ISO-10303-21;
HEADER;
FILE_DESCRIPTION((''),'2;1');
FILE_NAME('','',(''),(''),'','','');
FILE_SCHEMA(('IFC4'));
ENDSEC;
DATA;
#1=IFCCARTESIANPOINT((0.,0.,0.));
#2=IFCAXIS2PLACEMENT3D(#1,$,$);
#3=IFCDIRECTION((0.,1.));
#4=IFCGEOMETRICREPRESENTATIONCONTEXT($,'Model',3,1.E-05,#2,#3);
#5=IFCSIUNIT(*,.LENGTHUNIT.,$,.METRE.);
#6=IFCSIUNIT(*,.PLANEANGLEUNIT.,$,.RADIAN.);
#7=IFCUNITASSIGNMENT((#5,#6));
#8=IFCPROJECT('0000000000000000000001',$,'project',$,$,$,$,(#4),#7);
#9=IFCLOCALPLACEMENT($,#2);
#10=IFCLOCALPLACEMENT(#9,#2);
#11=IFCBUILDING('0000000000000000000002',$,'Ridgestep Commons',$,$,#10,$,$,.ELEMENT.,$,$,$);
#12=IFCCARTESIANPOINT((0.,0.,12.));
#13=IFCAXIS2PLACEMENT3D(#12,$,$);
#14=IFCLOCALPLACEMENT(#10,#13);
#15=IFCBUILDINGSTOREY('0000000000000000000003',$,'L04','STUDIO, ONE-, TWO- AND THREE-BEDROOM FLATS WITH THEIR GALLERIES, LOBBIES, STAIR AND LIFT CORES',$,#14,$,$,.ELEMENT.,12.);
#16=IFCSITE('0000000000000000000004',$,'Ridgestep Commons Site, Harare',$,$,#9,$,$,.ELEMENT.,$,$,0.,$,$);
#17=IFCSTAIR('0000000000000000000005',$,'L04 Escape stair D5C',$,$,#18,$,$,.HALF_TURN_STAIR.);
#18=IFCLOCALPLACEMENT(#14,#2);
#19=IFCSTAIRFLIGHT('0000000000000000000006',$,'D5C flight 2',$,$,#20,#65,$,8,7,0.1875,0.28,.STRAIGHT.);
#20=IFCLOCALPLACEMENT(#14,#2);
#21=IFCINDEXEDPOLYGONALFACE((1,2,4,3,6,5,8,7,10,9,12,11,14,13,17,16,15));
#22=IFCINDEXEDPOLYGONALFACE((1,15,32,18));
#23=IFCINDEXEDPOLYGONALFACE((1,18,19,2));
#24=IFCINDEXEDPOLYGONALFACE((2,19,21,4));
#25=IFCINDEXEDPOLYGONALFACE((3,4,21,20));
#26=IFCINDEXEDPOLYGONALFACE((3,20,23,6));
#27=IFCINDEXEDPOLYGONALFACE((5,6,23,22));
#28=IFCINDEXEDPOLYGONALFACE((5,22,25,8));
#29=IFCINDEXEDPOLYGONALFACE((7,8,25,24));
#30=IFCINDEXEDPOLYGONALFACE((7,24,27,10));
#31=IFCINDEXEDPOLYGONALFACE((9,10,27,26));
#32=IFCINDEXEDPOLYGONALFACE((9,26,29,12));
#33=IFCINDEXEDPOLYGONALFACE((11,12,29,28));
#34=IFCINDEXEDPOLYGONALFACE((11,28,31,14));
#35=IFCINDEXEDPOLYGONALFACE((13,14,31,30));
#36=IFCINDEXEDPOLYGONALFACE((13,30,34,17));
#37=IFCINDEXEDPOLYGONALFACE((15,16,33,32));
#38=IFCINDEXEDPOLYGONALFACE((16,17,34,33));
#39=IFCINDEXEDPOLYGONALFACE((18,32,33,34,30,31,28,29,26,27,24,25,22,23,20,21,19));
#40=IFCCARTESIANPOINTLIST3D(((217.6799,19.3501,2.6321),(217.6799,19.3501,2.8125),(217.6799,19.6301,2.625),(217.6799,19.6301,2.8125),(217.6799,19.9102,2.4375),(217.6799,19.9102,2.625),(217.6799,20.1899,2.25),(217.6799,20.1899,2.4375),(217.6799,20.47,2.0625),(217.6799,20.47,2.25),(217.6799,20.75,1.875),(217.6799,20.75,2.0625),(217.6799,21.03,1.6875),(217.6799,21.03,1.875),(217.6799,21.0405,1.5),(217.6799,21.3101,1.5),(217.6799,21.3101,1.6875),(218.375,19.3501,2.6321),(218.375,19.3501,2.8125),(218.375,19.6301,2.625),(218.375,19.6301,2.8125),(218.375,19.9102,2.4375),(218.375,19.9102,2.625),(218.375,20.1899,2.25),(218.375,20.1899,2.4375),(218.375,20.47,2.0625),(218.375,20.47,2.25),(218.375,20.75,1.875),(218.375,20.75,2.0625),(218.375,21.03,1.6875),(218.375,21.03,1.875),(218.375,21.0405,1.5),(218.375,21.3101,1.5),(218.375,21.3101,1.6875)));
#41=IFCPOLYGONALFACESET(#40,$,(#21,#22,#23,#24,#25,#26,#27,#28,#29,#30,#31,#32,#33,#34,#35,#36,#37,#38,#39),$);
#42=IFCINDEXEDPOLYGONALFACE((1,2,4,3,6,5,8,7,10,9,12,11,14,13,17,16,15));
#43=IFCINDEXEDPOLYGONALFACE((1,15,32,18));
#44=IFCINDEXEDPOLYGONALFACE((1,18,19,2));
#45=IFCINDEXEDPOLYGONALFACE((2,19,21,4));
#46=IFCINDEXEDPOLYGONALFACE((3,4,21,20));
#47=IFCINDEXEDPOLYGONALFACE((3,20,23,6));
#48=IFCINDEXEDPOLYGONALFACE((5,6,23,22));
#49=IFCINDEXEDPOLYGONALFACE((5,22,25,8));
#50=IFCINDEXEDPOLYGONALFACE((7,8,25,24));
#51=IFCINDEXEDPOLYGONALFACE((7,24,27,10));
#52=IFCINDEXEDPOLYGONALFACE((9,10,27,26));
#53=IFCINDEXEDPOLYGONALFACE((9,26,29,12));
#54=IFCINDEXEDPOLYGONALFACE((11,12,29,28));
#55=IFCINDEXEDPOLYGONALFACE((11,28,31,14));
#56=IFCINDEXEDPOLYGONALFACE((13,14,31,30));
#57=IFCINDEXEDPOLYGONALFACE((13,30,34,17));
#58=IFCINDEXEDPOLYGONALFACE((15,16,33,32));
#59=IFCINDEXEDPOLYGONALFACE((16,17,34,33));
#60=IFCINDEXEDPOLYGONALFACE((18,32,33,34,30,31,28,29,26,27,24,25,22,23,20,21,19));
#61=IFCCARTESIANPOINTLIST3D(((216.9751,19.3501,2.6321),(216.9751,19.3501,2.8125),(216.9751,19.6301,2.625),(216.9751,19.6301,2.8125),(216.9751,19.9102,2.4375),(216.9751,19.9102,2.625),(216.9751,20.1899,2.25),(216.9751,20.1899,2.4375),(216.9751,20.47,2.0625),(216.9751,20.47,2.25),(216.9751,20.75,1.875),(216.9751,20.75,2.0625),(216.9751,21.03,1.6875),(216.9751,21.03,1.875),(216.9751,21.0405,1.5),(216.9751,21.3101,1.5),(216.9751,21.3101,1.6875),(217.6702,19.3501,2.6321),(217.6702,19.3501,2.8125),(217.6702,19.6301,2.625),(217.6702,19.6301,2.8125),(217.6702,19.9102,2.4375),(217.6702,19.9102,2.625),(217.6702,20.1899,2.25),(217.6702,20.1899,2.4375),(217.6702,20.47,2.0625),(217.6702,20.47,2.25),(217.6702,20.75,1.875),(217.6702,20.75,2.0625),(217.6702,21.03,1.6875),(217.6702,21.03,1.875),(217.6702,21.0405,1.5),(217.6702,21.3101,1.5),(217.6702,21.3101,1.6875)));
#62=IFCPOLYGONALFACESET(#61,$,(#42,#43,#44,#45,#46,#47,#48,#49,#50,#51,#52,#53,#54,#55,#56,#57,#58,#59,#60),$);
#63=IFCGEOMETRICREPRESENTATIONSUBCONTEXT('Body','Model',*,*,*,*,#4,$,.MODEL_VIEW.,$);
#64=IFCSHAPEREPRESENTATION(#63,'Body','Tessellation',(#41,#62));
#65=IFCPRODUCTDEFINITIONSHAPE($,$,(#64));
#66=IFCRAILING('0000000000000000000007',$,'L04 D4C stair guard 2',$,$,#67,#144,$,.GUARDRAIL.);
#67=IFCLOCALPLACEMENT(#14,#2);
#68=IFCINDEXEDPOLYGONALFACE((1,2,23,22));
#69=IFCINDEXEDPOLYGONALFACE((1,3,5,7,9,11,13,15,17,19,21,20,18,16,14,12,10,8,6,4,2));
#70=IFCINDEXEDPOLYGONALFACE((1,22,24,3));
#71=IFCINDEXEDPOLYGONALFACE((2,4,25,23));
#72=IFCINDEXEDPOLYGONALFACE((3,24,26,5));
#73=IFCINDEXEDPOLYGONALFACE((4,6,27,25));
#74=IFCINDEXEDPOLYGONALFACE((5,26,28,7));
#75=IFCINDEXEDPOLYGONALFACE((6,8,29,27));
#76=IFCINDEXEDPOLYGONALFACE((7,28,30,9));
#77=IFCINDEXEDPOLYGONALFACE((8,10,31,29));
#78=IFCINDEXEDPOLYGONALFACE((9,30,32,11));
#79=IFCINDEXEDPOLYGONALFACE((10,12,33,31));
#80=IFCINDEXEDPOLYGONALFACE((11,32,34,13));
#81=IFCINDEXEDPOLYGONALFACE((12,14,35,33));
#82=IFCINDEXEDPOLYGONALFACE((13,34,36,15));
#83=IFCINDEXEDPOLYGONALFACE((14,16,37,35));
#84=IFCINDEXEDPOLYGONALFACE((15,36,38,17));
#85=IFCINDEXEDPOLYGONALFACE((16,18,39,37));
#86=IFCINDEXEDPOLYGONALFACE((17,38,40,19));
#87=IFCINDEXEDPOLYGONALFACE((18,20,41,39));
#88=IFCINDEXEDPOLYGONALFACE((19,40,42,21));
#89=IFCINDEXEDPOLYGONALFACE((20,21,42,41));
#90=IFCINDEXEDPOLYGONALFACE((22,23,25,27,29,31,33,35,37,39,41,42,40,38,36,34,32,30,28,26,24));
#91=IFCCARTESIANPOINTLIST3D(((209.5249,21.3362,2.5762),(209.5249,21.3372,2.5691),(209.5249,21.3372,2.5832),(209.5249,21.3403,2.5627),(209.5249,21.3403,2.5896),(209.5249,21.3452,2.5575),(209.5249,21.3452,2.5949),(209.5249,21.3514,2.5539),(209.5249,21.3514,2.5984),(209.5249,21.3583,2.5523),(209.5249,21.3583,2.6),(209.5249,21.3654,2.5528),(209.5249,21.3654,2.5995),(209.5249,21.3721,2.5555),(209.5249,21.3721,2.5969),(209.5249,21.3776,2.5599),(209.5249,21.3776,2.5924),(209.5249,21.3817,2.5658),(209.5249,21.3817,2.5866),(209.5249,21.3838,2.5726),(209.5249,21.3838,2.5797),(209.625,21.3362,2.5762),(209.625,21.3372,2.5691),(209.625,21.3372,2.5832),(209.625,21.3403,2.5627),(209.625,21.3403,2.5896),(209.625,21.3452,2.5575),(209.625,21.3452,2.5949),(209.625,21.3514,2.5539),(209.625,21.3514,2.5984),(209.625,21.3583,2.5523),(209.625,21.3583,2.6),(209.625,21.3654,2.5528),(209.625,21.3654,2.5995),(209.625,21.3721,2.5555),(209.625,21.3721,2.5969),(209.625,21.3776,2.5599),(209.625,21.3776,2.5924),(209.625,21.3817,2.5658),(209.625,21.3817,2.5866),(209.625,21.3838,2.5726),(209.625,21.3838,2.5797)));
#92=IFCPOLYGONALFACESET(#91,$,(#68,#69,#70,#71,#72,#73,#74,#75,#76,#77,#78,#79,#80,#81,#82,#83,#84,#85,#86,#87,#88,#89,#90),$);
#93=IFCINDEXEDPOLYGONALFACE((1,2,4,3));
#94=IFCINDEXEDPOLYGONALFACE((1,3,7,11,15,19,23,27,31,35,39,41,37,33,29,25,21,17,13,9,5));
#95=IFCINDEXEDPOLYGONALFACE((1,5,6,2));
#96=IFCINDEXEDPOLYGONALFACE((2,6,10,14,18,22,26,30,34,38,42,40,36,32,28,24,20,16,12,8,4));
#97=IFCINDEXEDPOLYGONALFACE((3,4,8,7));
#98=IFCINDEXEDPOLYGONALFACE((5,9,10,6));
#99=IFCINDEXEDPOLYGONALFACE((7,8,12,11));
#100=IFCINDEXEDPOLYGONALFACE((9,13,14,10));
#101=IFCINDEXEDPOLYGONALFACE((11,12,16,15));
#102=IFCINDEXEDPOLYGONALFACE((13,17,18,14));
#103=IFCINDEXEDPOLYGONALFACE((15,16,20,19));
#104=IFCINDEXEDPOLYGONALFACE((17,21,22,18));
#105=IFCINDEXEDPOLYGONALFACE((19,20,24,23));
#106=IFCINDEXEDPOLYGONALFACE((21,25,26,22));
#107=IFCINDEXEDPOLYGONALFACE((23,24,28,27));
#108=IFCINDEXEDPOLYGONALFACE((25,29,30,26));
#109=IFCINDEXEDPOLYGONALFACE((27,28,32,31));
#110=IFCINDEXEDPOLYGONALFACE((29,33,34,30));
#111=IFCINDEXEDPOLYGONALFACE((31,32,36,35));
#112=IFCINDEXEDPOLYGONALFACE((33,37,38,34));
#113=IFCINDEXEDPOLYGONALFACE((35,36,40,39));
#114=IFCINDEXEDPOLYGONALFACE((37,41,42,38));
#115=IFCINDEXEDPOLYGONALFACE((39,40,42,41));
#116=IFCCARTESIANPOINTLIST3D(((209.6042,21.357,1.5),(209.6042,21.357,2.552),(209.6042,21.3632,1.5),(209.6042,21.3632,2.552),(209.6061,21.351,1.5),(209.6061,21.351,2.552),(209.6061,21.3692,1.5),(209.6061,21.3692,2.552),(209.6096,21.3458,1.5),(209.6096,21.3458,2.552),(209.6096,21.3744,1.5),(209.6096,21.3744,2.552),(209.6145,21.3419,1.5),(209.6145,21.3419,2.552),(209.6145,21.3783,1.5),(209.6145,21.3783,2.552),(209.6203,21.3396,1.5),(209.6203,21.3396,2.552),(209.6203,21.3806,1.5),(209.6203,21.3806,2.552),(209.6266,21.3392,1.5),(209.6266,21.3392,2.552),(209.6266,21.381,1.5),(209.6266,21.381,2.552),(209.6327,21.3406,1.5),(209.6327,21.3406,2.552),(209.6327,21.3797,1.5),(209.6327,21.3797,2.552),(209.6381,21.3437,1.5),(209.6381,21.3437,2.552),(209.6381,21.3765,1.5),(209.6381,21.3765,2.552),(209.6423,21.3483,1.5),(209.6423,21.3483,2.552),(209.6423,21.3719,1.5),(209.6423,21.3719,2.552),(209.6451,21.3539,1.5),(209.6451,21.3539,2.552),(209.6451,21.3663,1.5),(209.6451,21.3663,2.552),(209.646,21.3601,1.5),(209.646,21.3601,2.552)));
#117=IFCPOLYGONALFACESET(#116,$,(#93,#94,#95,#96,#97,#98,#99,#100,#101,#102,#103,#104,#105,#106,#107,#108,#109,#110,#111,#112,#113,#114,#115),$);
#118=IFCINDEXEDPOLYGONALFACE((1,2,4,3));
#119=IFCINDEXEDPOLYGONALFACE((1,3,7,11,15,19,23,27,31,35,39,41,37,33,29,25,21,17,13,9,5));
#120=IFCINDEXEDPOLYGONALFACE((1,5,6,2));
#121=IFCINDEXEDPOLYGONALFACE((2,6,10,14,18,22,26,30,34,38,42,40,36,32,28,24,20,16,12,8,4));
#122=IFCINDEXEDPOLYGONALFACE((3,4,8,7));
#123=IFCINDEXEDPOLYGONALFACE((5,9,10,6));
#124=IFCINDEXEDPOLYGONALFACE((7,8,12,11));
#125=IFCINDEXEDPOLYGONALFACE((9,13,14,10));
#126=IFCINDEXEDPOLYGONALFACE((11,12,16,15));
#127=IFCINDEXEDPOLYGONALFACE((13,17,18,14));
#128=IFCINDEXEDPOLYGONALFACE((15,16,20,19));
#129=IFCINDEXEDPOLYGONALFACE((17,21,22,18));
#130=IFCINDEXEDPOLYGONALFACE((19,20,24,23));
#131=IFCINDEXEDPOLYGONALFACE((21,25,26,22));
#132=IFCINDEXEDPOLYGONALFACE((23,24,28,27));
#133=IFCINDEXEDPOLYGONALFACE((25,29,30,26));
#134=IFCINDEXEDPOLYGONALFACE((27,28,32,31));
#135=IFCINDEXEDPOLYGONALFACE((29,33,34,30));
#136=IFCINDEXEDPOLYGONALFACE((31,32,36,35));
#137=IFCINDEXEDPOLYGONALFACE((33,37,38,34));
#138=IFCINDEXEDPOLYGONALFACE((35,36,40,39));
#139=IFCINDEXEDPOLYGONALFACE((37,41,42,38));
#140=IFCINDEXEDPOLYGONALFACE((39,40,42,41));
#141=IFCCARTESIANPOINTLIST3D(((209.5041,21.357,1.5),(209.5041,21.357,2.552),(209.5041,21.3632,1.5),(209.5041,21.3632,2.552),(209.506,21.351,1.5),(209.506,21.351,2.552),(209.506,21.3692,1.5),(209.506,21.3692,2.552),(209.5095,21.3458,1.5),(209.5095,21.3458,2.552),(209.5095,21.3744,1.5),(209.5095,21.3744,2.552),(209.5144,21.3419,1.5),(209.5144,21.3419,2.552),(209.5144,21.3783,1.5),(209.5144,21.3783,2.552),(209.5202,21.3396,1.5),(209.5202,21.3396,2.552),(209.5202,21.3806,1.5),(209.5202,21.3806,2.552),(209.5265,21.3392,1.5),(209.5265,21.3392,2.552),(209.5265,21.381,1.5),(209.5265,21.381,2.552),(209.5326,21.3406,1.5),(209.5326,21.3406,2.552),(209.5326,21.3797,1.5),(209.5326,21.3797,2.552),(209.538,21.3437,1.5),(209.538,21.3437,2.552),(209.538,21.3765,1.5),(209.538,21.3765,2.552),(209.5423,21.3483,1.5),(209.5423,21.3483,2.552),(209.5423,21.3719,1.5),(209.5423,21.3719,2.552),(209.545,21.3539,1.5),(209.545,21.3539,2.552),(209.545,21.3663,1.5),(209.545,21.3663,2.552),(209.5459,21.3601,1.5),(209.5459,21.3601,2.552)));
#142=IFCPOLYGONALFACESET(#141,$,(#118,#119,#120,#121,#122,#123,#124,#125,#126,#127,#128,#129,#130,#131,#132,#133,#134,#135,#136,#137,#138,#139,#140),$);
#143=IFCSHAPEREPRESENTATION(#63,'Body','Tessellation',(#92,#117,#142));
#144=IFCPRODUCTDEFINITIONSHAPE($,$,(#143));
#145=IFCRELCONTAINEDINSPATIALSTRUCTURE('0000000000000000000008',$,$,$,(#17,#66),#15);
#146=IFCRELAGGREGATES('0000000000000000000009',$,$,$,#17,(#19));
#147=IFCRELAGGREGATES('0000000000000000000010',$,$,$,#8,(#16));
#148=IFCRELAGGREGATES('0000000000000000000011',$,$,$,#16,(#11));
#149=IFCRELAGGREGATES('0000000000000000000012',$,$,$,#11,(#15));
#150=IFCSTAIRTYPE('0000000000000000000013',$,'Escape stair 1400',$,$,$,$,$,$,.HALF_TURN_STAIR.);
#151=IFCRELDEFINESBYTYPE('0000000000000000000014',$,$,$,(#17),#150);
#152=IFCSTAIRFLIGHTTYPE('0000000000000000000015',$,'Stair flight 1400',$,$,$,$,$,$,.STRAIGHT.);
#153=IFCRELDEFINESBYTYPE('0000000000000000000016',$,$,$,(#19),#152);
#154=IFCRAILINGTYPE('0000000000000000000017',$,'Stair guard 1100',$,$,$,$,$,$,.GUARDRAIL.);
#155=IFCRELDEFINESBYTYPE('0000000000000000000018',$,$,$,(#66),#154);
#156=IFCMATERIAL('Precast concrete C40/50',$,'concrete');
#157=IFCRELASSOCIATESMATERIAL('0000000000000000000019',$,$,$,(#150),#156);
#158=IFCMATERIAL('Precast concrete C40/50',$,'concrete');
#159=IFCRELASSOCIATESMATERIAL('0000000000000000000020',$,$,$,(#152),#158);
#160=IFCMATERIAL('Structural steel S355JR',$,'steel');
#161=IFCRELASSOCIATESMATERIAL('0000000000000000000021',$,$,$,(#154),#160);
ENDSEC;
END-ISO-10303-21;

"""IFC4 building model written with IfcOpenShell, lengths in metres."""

from ifc_helpers import new_model, si_unit, direction, frame, origin, origin_2d, place, context, subcontext, project, spatial, polyline, circle, outline, extrude, material, type_object, element, aggregate, save


model = new_model("IFC4")

# Units and contexts
model_context = context("Model", 3, precision=1e-05, world=origin(), true_north=direction((0.0, 1.0)))
body_context = subcontext(model_context, "Body", "Model", "MODEL_VIEW")
ifc_project = project(units=[si_unit("LENGTHUNIT", "METRE"), si_unit("PLANEANGLEUNIT", "RADIAN")], contexts=[model_context])

# Site, building, storey
site_placement = place(None, origin())
site = spatial("IfcSite", under=ifc_project, at=site_placement, Name="Ridgestep Commons Site, Harare", CompositionType="ELEMENT", RefElevation=0.0)
building_placement = place(site_placement, origin())
building = spatial("IfcBuilding", under=site, at=building_placement, Name="Ridgestep Commons", CompositionType="ELEMENT")
storey_placement = place(building_placement, frame((0.0, 0.0, 12.0)))
storey = spatial("IfcBuildingStorey", under=building, at=storey_placement, Name="L04", Description="STUDIO, ONE-, TWO- AND THREE-BEDROOM FLATS WITH THEIR GALLERIES, LOBBIES, STAIR AND LIFT CORES", CompositionType="ELEMENT", Elevation=12.0)

# Stair, stair flight
ifc_material_1 = material(Name="Precast concrete C40/50", Category="concrete")
stair_type = type_object("IfcStairType", Name="Escape stair 1400", PredefinedType="HALF_TURN_STAIR", material=ifc_material_1)
stair_placement = place(storey_placement, origin())
stair = element("IfcStair", 1, at=stair_placement, inside=storey, type_object=stair_type, Name="L04 Escape stair D5C", PredefinedType="HALF_TURN_STAIR")
ifc_material_2 = material(Name="Precast concrete C40/50", Category="concrete")
stair_flight_type = type_object("IfcStairFlightType", Name="Stair flight 1400", PredefinedType="STRAIGHT", material=ifc_material_2)
stair_flight_placement = place(storey_placement, frame((217.675, 21.3101, 1.5), z_axis=(0.0, 0.0, 1.0), x_axis=(0.0, -1.0, 0.0)))
stair_flight = element("IfcStairFlight", 2, at=stair_flight_placement, type_object=stair_flight_type, Name="D5C flight 2", NumberOfRisers=8, NumberOfTreads=7, PredefinedType="STRAIGHT", RiserHeight=0.1875, TreadLength=0.28, context=body_context, shape_type="SweptSolid", body=[
    extrude(outline(polyline([(0.0, 0.0), (0.0, 0.1875), (0.28, 0.1875), (0.28, 0.375), (0.5601, 0.375), (0.5601, 0.5625), (0.8401, 0.5625), (0.8401, 0.75), (1.1201, 0.75), (1.1201, 0.9375), (1.3999, 0.9375), (1.3999, 1.125), (1.6799, 1.125), (1.6799, 1.3125), (1.96, 1.3125), (1.96, 1.5), (1.96, 1.1321), (0.2695, 0.0), (0.0, 0.0)])), frame((0.0, 0.7, 0.0), z_axis=(0.0, -1.0, 0.0), x_axis=(1.0, 0.0, 0.0)), (0.0, 0.0, 1.0), 0.6951),
    extrude(outline(polyline([(0.0, 0.0), (0.0, 0.1875), (0.28, 0.1875), (0.28, 0.375), (0.5601, 0.375), (0.5601, 0.5625), (0.8401, 0.5625), (0.8401, 0.75), (1.1201, 0.75), (1.1201, 0.9375), (1.3999, 0.9375), (1.3999, 1.125), (1.6799, 1.125), (1.6799, 1.3125), (1.96, 1.3125), (1.96, 1.5), (1.96, 1.1321), (0.2695, 0.0), (0.0, 0.0)])), frame((0.0, -0.0049, 0.0), z_axis=(0.0, -1.0, 0.0), x_axis=(1.0, 0.0, 0.0)), (0.0, 0.0, 1.0), 0.6951),
])
aggregate(stair, [stair_flight])

# Railing
ifc_material_3 = material(Name="Structural steel S355JR", Category="steel")
railing_type_1 = type_object("IfcRailingType", Name="Stair guard 1100", PredefinedType="GUARDRAIL", material=ifc_material_3)
railing_1_placement = place(storey_placement, frame((209.625, 21.3601, 1.5)))
element("IfcRailing", 3, at=railing_1_placement, inside=storey, type_object=railing_type_1, Name="L04 D4C stair guard 2", PredefinedType="GUARDRAIL", context=body_context, shape_type="SweptSolid", body=[
    extrude(circle(Radius=0.0239, at=origin_2d()), frame((0.0, 0.0, 1.0762), z_axis=(-1.0, 0.0, 0.0), x_axis=(0.0, -1.0, 0.0)), (0.0, 0.0, 1.0), 0.1001),
    extrude(circle(Radius=0.021, at=origin_2d()), origin(), (0.0, 0.0, 1.0), 1.052),
    extrude(circle(Radius=0.021, at=origin_2d()), frame((-0.1001, 0.0, 0.0)), (0.0, 0.0, 1.0), 1.052),
])

save(model, "model.ifc")
